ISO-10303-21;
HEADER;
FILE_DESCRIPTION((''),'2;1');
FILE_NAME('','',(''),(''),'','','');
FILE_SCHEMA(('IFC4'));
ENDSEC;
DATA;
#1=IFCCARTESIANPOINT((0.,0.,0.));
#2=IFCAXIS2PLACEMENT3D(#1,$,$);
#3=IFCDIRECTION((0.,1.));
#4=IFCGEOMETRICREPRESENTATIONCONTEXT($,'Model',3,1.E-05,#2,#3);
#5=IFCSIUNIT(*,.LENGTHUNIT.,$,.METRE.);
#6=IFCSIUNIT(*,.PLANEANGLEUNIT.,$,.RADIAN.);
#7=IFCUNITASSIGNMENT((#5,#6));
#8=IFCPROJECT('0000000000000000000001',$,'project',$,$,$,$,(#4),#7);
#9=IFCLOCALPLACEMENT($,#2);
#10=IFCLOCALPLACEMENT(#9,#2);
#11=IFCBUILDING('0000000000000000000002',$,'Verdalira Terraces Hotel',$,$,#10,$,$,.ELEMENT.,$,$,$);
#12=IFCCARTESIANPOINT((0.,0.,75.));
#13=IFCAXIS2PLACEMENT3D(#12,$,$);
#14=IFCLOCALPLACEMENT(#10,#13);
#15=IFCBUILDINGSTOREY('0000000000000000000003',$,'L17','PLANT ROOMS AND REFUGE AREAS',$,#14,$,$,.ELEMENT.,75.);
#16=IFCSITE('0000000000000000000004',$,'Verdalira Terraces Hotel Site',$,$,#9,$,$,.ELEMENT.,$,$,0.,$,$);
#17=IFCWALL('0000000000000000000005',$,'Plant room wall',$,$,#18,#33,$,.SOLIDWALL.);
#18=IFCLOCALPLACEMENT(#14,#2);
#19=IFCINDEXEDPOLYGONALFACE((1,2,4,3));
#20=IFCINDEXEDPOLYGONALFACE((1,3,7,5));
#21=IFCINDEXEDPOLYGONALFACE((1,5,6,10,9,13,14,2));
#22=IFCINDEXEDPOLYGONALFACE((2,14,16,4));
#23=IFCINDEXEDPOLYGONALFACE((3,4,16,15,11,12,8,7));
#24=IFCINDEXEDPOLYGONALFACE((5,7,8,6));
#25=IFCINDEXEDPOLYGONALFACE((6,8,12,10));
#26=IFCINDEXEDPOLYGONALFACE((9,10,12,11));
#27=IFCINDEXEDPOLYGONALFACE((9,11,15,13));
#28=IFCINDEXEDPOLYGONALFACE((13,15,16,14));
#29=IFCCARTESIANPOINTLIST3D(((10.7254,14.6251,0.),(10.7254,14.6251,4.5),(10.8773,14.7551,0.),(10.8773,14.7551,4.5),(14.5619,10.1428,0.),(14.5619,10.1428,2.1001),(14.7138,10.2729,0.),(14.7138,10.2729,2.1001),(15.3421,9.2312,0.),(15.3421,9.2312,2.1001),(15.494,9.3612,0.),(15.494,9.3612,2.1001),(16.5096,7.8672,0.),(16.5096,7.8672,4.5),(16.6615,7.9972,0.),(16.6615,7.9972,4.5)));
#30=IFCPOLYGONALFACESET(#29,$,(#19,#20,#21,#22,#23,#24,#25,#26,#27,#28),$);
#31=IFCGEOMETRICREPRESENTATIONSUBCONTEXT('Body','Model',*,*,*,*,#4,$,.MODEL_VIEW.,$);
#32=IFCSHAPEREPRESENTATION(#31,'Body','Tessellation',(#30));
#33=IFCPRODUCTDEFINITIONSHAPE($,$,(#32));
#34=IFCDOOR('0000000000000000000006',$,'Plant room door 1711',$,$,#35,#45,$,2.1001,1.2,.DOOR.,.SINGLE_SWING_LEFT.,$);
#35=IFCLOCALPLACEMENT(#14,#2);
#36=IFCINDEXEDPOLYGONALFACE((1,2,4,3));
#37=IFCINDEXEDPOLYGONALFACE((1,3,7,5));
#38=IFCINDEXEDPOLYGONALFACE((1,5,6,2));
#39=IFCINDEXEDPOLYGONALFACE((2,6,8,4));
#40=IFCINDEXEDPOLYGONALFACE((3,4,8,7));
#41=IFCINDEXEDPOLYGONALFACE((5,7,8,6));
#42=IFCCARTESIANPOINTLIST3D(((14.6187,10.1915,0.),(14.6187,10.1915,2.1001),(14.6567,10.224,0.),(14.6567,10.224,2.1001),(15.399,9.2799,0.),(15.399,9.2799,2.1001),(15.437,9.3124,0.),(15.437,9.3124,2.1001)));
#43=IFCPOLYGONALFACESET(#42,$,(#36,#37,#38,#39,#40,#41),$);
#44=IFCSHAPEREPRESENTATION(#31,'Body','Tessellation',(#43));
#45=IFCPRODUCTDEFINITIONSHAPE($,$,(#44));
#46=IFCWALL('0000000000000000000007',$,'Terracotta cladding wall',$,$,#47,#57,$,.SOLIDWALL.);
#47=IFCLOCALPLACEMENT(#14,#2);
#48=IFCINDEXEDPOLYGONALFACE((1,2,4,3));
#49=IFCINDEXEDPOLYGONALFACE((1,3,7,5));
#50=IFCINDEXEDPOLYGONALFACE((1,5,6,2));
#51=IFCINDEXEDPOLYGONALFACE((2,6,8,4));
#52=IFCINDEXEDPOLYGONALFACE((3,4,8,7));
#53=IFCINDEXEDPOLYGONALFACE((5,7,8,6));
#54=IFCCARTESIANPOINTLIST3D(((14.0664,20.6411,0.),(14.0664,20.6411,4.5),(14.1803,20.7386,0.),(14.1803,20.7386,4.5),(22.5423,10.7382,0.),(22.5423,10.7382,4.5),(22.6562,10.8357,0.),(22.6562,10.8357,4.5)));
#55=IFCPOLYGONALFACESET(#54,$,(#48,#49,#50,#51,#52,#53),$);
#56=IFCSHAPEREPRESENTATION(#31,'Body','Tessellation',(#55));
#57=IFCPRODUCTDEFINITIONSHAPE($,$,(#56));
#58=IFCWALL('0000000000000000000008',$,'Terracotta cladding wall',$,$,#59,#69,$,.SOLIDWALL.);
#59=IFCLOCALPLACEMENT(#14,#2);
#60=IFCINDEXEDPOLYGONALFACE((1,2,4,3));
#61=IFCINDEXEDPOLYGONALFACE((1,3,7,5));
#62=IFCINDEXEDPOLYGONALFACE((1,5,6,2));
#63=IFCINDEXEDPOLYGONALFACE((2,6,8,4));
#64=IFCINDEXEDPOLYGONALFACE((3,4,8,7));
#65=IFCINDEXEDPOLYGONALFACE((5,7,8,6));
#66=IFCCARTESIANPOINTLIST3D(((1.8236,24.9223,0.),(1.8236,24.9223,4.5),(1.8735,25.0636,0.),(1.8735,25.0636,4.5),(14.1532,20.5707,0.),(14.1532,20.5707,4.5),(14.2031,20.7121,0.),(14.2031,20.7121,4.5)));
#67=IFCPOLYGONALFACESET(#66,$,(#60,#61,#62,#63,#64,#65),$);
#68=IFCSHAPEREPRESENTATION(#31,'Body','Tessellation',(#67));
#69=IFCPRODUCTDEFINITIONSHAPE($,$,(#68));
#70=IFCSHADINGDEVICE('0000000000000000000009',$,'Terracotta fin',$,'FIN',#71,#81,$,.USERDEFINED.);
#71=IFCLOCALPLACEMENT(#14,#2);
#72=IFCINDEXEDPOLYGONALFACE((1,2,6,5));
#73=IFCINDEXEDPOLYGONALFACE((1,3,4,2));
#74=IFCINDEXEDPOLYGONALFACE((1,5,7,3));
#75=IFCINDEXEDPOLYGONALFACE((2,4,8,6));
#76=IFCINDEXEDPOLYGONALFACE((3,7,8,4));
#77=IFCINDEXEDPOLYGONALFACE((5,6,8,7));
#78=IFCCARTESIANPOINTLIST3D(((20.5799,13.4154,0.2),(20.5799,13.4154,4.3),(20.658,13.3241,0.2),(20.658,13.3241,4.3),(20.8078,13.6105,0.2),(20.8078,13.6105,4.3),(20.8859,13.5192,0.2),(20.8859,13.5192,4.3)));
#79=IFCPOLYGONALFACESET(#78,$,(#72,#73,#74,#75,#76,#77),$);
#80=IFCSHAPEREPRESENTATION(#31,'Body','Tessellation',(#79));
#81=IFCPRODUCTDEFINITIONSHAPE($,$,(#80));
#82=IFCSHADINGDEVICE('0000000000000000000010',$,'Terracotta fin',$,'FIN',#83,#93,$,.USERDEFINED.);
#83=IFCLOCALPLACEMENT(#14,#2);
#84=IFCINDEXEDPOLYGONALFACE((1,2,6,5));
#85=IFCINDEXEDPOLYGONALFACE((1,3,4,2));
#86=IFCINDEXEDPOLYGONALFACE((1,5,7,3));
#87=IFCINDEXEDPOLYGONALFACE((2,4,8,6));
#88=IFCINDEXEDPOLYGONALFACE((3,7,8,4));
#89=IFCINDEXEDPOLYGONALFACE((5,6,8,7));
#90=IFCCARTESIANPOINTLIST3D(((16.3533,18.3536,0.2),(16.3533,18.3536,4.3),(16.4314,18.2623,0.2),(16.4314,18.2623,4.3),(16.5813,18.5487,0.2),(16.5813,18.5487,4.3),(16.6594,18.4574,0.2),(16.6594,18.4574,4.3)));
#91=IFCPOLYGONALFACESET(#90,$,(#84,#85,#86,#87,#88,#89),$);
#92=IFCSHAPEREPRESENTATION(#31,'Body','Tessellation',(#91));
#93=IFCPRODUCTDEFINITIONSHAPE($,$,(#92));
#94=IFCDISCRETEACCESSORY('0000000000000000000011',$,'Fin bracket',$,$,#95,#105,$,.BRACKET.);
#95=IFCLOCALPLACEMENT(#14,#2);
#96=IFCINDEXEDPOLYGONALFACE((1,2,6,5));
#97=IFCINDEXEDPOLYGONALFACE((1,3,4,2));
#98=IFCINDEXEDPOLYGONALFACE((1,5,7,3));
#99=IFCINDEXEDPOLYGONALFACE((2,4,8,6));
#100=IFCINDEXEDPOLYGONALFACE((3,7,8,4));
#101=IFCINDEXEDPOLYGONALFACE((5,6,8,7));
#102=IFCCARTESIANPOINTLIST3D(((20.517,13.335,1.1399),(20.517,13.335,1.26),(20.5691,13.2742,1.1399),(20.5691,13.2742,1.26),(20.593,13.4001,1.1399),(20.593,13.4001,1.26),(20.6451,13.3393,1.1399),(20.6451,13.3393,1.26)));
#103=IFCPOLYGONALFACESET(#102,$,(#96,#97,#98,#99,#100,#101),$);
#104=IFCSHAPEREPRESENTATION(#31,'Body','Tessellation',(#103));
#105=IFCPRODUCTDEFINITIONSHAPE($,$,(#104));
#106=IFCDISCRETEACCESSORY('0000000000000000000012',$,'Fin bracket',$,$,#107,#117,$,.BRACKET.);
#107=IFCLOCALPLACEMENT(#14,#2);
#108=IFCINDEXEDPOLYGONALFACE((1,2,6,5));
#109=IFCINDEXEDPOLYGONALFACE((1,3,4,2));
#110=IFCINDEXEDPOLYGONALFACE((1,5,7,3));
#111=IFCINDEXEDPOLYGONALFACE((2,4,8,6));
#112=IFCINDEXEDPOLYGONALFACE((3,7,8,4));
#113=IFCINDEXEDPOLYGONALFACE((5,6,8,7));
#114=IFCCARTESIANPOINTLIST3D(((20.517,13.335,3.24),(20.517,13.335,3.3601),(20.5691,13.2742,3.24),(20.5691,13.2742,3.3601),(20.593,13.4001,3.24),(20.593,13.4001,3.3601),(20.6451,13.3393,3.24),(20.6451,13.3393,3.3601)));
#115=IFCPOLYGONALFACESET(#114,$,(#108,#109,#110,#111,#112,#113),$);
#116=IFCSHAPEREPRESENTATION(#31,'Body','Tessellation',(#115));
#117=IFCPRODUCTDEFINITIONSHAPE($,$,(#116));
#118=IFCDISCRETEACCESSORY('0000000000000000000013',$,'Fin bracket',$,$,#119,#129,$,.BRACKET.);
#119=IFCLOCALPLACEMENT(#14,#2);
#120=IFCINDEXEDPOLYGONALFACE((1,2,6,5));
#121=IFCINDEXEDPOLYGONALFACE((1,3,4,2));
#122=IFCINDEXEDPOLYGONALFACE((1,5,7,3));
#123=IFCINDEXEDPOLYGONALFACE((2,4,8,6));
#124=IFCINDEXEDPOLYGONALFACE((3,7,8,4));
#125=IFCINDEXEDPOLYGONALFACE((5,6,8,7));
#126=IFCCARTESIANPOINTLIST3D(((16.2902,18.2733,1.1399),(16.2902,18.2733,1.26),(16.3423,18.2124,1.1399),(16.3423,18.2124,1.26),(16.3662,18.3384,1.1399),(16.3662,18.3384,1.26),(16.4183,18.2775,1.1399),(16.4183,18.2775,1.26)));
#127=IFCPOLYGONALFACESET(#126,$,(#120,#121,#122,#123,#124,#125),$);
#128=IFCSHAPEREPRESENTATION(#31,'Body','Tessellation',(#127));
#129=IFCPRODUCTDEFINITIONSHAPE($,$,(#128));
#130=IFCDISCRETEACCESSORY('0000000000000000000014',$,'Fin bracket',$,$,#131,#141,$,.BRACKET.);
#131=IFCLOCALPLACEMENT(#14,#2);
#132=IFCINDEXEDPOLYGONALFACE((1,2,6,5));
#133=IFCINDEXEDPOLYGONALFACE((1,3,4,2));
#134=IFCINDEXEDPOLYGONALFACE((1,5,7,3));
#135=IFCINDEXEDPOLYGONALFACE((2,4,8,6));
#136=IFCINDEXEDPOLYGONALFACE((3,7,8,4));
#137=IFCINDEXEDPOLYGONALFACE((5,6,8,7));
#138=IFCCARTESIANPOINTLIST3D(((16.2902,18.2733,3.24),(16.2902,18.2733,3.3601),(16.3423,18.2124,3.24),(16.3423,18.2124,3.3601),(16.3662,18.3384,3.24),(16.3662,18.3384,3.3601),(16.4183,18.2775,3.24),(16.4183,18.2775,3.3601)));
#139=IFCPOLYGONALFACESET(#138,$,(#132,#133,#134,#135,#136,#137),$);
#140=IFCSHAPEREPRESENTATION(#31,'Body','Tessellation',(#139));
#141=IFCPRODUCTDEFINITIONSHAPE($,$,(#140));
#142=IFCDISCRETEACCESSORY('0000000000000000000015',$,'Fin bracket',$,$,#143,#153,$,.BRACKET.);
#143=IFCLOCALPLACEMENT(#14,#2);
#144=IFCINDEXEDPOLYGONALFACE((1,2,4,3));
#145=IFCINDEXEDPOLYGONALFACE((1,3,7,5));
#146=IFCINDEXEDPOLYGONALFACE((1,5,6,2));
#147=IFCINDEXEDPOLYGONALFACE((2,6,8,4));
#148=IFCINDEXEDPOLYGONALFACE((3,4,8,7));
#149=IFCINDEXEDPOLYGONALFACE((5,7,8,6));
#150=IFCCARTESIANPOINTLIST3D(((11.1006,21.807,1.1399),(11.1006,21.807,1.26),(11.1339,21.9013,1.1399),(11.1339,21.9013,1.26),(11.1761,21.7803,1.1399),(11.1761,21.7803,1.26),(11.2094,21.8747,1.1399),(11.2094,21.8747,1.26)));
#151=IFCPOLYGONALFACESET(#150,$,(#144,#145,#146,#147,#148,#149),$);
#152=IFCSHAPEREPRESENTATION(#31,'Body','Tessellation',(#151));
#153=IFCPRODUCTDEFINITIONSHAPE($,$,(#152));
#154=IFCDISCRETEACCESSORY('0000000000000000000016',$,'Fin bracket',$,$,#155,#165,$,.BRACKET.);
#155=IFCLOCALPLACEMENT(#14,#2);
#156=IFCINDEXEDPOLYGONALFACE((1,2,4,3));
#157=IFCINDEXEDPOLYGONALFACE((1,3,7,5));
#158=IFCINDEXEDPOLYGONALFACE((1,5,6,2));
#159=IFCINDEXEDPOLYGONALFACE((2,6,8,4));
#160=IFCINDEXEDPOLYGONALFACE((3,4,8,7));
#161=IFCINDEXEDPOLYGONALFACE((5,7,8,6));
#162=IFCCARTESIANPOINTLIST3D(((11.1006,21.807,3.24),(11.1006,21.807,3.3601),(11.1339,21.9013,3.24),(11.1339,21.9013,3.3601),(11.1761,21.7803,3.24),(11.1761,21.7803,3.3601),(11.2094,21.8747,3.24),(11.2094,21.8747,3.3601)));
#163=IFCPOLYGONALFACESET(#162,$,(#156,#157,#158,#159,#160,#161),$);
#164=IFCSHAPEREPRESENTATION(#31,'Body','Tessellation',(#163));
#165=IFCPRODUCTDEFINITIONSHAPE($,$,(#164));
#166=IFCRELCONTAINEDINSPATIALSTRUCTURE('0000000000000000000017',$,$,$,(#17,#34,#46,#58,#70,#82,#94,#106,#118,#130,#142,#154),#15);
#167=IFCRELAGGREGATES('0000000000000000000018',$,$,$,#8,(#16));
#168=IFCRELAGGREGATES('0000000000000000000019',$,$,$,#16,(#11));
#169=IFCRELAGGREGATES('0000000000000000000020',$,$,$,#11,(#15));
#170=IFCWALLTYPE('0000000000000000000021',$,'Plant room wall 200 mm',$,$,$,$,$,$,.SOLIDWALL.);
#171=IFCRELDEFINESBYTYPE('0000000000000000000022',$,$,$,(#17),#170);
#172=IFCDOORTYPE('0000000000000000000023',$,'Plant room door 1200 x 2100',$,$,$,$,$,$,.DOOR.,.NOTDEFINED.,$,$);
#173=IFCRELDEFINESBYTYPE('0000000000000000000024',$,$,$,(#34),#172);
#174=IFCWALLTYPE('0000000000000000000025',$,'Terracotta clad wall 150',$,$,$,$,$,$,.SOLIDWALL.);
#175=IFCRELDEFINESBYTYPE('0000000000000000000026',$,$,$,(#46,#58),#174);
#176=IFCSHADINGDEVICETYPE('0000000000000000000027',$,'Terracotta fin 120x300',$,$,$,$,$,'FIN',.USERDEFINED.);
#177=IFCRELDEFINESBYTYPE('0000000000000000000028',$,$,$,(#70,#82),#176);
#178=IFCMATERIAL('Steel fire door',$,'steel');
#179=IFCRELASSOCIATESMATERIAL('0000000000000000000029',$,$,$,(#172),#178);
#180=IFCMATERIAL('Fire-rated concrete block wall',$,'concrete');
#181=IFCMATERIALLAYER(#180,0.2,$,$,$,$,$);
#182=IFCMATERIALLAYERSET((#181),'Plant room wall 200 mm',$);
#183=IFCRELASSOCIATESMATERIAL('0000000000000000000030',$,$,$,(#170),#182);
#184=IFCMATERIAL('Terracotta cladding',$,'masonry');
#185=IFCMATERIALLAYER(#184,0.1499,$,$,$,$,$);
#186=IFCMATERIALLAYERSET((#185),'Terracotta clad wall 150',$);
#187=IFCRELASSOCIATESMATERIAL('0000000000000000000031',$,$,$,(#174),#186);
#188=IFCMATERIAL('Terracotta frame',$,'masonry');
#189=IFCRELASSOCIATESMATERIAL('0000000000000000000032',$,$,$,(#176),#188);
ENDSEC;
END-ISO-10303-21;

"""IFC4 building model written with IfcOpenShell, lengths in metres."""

from ifc_helpers import new_model, si_unit, direction, frame, frame_2d, origin, origin_2d, place, context, subcontext, project, spatial, rectangle, extrude, material, layer, layer_set, material_profile, profile_set, type_object, element, fill, save


model = new_model("IFC4")

# Units and contexts
model_context = context("Model", 3, precision=1e-05, world=origin(), true_north=direction((0.0, 1.0)))
body_context = subcontext(model_context, "Body", "Model", "MODEL_VIEW")
ifc_project = project(units=[si_unit("LENGTHUNIT", "METRE"), si_unit("PLANEANGLEUNIT", "RADIAN")], contexts=[model_context])

# Site, building, storey
site_placement = place(None, origin())
site = spatial("IfcSite", under=ifc_project, at=site_placement, Name="Verdalira Terraces Hotel Site", CompositionType="ELEMENT", RefElevation=0.0)
building_placement = place(site_placement, origin())
building = spatial("IfcBuilding", under=site, at=building_placement, Name="Verdalira Terraces Hotel", CompositionType="ELEMENT")
storey_placement = place(building_placement, frame((0.0, 0.0, 75.0)))
storey = spatial("IfcBuildingStorey", under=building, at=storey_placement, Name="L17", Description="PLANT ROOMS AND REFUGE AREAS", CompositionType="ELEMENT", Elevation=75.0)

# Wall, opening, door
ifc_material_1 = material(Name="Steel fire door", Category="steel")
door_type_1 = type_object("IfcDoorType", Name="Plant room door 1200 x 2100", OperationType="NOTDEFINED", PredefinedType="DOOR", material=ifc_material_1)
ifc_material_2 = material(Name="Fire-rated concrete block wall", Category="concrete")
ifc_layer_1 = layer(ifc_material_2, 0.2)
ifc_layer_set_1 = layer_set([ifc_layer_1], Name="Plant room wall 200 mm")
wall_type_1 = type_object("IfcWallType", Name="Plant room wall 200 mm", PredefinedType="SOLIDWALL", material=ifc_layer_set_1)
wall_1_placement = place(storey_placement, frame((10.8013, 14.6902, 0.0), z_axis=(0.0, 0.0, 1.0), x_axis=(0.650258, -0.759714, 0.0)))
wall_1 = element("IfcWall", 1, at=wall_1_placement, inside=storey, type_object=wall_type_1, Name="Plant room wall", PredefinedType="SOLIDWALL", context=body_context, shape_type="SweptSolid", body=[
    extrude(rectangle(XDim=8.8953, YDim=0.2, at=frame_2d((4.4478, 0.0))), origin(), (0.0, 0.0, 1.0), 4.5),
])
opening_1_placement = place(wall_1_placement, frame((5.8999, 0.0, 0.0)))
opening_1 = element("IfcOpeningElement", 2, at=opening_1_placement, cuts=wall_1, PredefinedType="OPENING", context=body_context, shape_type="SweptSolid", body=[
    extrude(rectangle(XDim=1.2, YDim=2.1001, at=frame_2d((0.6001, 1.05))), frame((0.0, 0.1099, 0.0), z_axis=(0.0, -1.0, 0.0), x_axis=(1.0, 0.0, 0.0)), (0.0, 0.0, 1.0), 0.22),
])
door_1_placement = place(opening_1_placement, origin())
door_1 = element("IfcDoor", 3, at=door_1_placement, inside=storey, type_object=door_type_1, Name="Plant room door 1711", OperationType="SINGLE_SWING_LEFT", OverallHeight=2.1001, OverallWidth=1.2, PredefinedType="DOOR", context=body_context, shape_type="SweptSolid", body=[
    extrude(rectangle(XDim=1.2, YDim=2.1001, at=frame_2d((0.6001, 1.05))), frame((0.0, 0.0249, 0.0), z_axis=(0.0, -1.0, 0.0), x_axis=(1.0, 0.0, 0.0)), (0.0, 0.0, 1.0), 0.05),
])
fill(opening_1, door_1)

# Walls
ifc_material_3 = material(Name="Terracotta cladding", Category="masonry")
ifc_layer_2 = layer(ifc_material_3, 0.1499)
ifc_layer_set_2 = layer_set([ifc_layer_2], Name="Terracotta clad wall 150")
wall_type_2 = type_object("IfcWallType", Name="Terracotta clad wall 150", PredefinedType="SOLIDWALL", material=ifc_layer_set_2)
wall_2_placement = place(storey_placement, frame((22.5994, 10.7869, 0.0), z_axis=(0.0, 0.0, 1.0), x_axis=(-0.650247, 0.759723, 0.0)))
element("IfcWall", 4, at=wall_2_placement, inside=storey, type_object=wall_type_2, Name="Terracotta cladding wall", PredefinedType="SOLIDWALL", context=body_context, shape_type="SweptSolid", body=[
    extrude(rectangle(XDim=13.0349, YDim=0.1499, at=frame_2d((6.5176, 0.0))), origin(), (0.0, 0.0, 1.0), 4.5),
])
wall_3_placement = place(storey_placement, frame((14.1782, 20.6414, 0.0), z_axis=(0.0, 0.0, 1.0), x_axis=(-0.942992, 0.332816, 0.0)))
element("IfcWall", 5, at=wall_3_placement, inside=storey, type_object=wall_type_2, Name="Terracotta cladding wall", PredefinedType="SOLIDWALL", context=body_context, shape_type="SweptSolid", body=[
    extrude(rectangle(XDim=13.075, YDim=0.1499, at=frame_2d((6.5376, 0.0))), origin(), (0.0, 0.0, 1.0), 4.5),
])

# Shading devices
ifc_material_4 = material(Name="Terracotta frame", Category="masonry")
ifc_material_profile_1 = material_profile(ifc_material_4, rectangle(XDim=0.1201, YDim=0.3, at=origin_2d()), Name="FIN 120x300")
ifc_profile_set_1 = profile_set([ifc_material_profile_1], Name="Terracotta frame")
shading_device_type = type_object("IfcShadingDeviceType", Name="Terracotta fin 120x300", ElementType="FIN", PredefinedType="USERDEFINED", material=ifc_profile_set_1)
for number, where, z_axis, x_axis, name in (
    (6, (20.7329, 13.4673, 0.2), (0.0, 0.0, 1.0), (-0.650244, 0.759725, 0.0), "Terracotta fin"),
    (7, (16.5063, 18.4055, 0.2), (0.0, 0.0, 1.0), (-0.650244, 0.759725, 0.0), "Terracotta fin"),
):
    element("IfcShadingDevice", number, at=place(storey_placement, frame(where, z_axis=z_axis, x_axis=x_axis)), inside=storey, type_object=shading_device_type, Name=name, ObjectType="FIN", PredefinedType="USERDEFINED", context=body_context, shape_type="SweptSolid", body=[
        extrude(rectangle(XDim=0.1201, YDim=0.3, at=origin_2d()), origin(), (0.0, 0.0, 1.0), 4.1001),
    ])

# Discrete accessories
for number, where, z_axis, x_axis, name in (
    (8, (20.5811, 13.3372, 1.1399), (0.0, 0.0, 1.0), (-0.650244, 0.759725, 0.0), "Fin bracket"),
    (9, (20.5811, 13.3372, 3.24), (0.0, 0.0, 1.0), (-0.650244, 0.759725, 0.0), "Fin bracket"),
    (10, (16.3542, 18.2754, 1.1399), (0.0, 0.0, 1.0), (-0.650244, 0.759725, 0.0), "Fin bracket"),
    (11, (16.3542, 18.2754, 3.24), (0.0, 0.0, 1.0), (-0.650244, 0.759725, 0.0), "Fin bracket"),
    (12, (11.155, 21.8408, 1.1399), (0.0, 0.0, 1.0), (-0.942991, 0.33282, 0.0), "Fin bracket"),
    (13, (11.155, 21.8408, 3.24), (0.0, 0.0, 1.0), (-0.942991, 0.33282, 0.0), "Fin bracket"),
):
    element("IfcDiscreteAccessory", number, at=place(storey_placement, frame(where, z_axis=z_axis, x_axis=x_axis)), inside=storey, Name=name, PredefinedType="BRACKET", context=body_context, shape_type="SweptSolid", body=[
        extrude(rectangle(XDim=0.0801, YDim=0.1001, at=origin_2d()), origin(), (0.0, 0.0, 1.0), 0.1201),
    ])

save(model, "model.ifc")
